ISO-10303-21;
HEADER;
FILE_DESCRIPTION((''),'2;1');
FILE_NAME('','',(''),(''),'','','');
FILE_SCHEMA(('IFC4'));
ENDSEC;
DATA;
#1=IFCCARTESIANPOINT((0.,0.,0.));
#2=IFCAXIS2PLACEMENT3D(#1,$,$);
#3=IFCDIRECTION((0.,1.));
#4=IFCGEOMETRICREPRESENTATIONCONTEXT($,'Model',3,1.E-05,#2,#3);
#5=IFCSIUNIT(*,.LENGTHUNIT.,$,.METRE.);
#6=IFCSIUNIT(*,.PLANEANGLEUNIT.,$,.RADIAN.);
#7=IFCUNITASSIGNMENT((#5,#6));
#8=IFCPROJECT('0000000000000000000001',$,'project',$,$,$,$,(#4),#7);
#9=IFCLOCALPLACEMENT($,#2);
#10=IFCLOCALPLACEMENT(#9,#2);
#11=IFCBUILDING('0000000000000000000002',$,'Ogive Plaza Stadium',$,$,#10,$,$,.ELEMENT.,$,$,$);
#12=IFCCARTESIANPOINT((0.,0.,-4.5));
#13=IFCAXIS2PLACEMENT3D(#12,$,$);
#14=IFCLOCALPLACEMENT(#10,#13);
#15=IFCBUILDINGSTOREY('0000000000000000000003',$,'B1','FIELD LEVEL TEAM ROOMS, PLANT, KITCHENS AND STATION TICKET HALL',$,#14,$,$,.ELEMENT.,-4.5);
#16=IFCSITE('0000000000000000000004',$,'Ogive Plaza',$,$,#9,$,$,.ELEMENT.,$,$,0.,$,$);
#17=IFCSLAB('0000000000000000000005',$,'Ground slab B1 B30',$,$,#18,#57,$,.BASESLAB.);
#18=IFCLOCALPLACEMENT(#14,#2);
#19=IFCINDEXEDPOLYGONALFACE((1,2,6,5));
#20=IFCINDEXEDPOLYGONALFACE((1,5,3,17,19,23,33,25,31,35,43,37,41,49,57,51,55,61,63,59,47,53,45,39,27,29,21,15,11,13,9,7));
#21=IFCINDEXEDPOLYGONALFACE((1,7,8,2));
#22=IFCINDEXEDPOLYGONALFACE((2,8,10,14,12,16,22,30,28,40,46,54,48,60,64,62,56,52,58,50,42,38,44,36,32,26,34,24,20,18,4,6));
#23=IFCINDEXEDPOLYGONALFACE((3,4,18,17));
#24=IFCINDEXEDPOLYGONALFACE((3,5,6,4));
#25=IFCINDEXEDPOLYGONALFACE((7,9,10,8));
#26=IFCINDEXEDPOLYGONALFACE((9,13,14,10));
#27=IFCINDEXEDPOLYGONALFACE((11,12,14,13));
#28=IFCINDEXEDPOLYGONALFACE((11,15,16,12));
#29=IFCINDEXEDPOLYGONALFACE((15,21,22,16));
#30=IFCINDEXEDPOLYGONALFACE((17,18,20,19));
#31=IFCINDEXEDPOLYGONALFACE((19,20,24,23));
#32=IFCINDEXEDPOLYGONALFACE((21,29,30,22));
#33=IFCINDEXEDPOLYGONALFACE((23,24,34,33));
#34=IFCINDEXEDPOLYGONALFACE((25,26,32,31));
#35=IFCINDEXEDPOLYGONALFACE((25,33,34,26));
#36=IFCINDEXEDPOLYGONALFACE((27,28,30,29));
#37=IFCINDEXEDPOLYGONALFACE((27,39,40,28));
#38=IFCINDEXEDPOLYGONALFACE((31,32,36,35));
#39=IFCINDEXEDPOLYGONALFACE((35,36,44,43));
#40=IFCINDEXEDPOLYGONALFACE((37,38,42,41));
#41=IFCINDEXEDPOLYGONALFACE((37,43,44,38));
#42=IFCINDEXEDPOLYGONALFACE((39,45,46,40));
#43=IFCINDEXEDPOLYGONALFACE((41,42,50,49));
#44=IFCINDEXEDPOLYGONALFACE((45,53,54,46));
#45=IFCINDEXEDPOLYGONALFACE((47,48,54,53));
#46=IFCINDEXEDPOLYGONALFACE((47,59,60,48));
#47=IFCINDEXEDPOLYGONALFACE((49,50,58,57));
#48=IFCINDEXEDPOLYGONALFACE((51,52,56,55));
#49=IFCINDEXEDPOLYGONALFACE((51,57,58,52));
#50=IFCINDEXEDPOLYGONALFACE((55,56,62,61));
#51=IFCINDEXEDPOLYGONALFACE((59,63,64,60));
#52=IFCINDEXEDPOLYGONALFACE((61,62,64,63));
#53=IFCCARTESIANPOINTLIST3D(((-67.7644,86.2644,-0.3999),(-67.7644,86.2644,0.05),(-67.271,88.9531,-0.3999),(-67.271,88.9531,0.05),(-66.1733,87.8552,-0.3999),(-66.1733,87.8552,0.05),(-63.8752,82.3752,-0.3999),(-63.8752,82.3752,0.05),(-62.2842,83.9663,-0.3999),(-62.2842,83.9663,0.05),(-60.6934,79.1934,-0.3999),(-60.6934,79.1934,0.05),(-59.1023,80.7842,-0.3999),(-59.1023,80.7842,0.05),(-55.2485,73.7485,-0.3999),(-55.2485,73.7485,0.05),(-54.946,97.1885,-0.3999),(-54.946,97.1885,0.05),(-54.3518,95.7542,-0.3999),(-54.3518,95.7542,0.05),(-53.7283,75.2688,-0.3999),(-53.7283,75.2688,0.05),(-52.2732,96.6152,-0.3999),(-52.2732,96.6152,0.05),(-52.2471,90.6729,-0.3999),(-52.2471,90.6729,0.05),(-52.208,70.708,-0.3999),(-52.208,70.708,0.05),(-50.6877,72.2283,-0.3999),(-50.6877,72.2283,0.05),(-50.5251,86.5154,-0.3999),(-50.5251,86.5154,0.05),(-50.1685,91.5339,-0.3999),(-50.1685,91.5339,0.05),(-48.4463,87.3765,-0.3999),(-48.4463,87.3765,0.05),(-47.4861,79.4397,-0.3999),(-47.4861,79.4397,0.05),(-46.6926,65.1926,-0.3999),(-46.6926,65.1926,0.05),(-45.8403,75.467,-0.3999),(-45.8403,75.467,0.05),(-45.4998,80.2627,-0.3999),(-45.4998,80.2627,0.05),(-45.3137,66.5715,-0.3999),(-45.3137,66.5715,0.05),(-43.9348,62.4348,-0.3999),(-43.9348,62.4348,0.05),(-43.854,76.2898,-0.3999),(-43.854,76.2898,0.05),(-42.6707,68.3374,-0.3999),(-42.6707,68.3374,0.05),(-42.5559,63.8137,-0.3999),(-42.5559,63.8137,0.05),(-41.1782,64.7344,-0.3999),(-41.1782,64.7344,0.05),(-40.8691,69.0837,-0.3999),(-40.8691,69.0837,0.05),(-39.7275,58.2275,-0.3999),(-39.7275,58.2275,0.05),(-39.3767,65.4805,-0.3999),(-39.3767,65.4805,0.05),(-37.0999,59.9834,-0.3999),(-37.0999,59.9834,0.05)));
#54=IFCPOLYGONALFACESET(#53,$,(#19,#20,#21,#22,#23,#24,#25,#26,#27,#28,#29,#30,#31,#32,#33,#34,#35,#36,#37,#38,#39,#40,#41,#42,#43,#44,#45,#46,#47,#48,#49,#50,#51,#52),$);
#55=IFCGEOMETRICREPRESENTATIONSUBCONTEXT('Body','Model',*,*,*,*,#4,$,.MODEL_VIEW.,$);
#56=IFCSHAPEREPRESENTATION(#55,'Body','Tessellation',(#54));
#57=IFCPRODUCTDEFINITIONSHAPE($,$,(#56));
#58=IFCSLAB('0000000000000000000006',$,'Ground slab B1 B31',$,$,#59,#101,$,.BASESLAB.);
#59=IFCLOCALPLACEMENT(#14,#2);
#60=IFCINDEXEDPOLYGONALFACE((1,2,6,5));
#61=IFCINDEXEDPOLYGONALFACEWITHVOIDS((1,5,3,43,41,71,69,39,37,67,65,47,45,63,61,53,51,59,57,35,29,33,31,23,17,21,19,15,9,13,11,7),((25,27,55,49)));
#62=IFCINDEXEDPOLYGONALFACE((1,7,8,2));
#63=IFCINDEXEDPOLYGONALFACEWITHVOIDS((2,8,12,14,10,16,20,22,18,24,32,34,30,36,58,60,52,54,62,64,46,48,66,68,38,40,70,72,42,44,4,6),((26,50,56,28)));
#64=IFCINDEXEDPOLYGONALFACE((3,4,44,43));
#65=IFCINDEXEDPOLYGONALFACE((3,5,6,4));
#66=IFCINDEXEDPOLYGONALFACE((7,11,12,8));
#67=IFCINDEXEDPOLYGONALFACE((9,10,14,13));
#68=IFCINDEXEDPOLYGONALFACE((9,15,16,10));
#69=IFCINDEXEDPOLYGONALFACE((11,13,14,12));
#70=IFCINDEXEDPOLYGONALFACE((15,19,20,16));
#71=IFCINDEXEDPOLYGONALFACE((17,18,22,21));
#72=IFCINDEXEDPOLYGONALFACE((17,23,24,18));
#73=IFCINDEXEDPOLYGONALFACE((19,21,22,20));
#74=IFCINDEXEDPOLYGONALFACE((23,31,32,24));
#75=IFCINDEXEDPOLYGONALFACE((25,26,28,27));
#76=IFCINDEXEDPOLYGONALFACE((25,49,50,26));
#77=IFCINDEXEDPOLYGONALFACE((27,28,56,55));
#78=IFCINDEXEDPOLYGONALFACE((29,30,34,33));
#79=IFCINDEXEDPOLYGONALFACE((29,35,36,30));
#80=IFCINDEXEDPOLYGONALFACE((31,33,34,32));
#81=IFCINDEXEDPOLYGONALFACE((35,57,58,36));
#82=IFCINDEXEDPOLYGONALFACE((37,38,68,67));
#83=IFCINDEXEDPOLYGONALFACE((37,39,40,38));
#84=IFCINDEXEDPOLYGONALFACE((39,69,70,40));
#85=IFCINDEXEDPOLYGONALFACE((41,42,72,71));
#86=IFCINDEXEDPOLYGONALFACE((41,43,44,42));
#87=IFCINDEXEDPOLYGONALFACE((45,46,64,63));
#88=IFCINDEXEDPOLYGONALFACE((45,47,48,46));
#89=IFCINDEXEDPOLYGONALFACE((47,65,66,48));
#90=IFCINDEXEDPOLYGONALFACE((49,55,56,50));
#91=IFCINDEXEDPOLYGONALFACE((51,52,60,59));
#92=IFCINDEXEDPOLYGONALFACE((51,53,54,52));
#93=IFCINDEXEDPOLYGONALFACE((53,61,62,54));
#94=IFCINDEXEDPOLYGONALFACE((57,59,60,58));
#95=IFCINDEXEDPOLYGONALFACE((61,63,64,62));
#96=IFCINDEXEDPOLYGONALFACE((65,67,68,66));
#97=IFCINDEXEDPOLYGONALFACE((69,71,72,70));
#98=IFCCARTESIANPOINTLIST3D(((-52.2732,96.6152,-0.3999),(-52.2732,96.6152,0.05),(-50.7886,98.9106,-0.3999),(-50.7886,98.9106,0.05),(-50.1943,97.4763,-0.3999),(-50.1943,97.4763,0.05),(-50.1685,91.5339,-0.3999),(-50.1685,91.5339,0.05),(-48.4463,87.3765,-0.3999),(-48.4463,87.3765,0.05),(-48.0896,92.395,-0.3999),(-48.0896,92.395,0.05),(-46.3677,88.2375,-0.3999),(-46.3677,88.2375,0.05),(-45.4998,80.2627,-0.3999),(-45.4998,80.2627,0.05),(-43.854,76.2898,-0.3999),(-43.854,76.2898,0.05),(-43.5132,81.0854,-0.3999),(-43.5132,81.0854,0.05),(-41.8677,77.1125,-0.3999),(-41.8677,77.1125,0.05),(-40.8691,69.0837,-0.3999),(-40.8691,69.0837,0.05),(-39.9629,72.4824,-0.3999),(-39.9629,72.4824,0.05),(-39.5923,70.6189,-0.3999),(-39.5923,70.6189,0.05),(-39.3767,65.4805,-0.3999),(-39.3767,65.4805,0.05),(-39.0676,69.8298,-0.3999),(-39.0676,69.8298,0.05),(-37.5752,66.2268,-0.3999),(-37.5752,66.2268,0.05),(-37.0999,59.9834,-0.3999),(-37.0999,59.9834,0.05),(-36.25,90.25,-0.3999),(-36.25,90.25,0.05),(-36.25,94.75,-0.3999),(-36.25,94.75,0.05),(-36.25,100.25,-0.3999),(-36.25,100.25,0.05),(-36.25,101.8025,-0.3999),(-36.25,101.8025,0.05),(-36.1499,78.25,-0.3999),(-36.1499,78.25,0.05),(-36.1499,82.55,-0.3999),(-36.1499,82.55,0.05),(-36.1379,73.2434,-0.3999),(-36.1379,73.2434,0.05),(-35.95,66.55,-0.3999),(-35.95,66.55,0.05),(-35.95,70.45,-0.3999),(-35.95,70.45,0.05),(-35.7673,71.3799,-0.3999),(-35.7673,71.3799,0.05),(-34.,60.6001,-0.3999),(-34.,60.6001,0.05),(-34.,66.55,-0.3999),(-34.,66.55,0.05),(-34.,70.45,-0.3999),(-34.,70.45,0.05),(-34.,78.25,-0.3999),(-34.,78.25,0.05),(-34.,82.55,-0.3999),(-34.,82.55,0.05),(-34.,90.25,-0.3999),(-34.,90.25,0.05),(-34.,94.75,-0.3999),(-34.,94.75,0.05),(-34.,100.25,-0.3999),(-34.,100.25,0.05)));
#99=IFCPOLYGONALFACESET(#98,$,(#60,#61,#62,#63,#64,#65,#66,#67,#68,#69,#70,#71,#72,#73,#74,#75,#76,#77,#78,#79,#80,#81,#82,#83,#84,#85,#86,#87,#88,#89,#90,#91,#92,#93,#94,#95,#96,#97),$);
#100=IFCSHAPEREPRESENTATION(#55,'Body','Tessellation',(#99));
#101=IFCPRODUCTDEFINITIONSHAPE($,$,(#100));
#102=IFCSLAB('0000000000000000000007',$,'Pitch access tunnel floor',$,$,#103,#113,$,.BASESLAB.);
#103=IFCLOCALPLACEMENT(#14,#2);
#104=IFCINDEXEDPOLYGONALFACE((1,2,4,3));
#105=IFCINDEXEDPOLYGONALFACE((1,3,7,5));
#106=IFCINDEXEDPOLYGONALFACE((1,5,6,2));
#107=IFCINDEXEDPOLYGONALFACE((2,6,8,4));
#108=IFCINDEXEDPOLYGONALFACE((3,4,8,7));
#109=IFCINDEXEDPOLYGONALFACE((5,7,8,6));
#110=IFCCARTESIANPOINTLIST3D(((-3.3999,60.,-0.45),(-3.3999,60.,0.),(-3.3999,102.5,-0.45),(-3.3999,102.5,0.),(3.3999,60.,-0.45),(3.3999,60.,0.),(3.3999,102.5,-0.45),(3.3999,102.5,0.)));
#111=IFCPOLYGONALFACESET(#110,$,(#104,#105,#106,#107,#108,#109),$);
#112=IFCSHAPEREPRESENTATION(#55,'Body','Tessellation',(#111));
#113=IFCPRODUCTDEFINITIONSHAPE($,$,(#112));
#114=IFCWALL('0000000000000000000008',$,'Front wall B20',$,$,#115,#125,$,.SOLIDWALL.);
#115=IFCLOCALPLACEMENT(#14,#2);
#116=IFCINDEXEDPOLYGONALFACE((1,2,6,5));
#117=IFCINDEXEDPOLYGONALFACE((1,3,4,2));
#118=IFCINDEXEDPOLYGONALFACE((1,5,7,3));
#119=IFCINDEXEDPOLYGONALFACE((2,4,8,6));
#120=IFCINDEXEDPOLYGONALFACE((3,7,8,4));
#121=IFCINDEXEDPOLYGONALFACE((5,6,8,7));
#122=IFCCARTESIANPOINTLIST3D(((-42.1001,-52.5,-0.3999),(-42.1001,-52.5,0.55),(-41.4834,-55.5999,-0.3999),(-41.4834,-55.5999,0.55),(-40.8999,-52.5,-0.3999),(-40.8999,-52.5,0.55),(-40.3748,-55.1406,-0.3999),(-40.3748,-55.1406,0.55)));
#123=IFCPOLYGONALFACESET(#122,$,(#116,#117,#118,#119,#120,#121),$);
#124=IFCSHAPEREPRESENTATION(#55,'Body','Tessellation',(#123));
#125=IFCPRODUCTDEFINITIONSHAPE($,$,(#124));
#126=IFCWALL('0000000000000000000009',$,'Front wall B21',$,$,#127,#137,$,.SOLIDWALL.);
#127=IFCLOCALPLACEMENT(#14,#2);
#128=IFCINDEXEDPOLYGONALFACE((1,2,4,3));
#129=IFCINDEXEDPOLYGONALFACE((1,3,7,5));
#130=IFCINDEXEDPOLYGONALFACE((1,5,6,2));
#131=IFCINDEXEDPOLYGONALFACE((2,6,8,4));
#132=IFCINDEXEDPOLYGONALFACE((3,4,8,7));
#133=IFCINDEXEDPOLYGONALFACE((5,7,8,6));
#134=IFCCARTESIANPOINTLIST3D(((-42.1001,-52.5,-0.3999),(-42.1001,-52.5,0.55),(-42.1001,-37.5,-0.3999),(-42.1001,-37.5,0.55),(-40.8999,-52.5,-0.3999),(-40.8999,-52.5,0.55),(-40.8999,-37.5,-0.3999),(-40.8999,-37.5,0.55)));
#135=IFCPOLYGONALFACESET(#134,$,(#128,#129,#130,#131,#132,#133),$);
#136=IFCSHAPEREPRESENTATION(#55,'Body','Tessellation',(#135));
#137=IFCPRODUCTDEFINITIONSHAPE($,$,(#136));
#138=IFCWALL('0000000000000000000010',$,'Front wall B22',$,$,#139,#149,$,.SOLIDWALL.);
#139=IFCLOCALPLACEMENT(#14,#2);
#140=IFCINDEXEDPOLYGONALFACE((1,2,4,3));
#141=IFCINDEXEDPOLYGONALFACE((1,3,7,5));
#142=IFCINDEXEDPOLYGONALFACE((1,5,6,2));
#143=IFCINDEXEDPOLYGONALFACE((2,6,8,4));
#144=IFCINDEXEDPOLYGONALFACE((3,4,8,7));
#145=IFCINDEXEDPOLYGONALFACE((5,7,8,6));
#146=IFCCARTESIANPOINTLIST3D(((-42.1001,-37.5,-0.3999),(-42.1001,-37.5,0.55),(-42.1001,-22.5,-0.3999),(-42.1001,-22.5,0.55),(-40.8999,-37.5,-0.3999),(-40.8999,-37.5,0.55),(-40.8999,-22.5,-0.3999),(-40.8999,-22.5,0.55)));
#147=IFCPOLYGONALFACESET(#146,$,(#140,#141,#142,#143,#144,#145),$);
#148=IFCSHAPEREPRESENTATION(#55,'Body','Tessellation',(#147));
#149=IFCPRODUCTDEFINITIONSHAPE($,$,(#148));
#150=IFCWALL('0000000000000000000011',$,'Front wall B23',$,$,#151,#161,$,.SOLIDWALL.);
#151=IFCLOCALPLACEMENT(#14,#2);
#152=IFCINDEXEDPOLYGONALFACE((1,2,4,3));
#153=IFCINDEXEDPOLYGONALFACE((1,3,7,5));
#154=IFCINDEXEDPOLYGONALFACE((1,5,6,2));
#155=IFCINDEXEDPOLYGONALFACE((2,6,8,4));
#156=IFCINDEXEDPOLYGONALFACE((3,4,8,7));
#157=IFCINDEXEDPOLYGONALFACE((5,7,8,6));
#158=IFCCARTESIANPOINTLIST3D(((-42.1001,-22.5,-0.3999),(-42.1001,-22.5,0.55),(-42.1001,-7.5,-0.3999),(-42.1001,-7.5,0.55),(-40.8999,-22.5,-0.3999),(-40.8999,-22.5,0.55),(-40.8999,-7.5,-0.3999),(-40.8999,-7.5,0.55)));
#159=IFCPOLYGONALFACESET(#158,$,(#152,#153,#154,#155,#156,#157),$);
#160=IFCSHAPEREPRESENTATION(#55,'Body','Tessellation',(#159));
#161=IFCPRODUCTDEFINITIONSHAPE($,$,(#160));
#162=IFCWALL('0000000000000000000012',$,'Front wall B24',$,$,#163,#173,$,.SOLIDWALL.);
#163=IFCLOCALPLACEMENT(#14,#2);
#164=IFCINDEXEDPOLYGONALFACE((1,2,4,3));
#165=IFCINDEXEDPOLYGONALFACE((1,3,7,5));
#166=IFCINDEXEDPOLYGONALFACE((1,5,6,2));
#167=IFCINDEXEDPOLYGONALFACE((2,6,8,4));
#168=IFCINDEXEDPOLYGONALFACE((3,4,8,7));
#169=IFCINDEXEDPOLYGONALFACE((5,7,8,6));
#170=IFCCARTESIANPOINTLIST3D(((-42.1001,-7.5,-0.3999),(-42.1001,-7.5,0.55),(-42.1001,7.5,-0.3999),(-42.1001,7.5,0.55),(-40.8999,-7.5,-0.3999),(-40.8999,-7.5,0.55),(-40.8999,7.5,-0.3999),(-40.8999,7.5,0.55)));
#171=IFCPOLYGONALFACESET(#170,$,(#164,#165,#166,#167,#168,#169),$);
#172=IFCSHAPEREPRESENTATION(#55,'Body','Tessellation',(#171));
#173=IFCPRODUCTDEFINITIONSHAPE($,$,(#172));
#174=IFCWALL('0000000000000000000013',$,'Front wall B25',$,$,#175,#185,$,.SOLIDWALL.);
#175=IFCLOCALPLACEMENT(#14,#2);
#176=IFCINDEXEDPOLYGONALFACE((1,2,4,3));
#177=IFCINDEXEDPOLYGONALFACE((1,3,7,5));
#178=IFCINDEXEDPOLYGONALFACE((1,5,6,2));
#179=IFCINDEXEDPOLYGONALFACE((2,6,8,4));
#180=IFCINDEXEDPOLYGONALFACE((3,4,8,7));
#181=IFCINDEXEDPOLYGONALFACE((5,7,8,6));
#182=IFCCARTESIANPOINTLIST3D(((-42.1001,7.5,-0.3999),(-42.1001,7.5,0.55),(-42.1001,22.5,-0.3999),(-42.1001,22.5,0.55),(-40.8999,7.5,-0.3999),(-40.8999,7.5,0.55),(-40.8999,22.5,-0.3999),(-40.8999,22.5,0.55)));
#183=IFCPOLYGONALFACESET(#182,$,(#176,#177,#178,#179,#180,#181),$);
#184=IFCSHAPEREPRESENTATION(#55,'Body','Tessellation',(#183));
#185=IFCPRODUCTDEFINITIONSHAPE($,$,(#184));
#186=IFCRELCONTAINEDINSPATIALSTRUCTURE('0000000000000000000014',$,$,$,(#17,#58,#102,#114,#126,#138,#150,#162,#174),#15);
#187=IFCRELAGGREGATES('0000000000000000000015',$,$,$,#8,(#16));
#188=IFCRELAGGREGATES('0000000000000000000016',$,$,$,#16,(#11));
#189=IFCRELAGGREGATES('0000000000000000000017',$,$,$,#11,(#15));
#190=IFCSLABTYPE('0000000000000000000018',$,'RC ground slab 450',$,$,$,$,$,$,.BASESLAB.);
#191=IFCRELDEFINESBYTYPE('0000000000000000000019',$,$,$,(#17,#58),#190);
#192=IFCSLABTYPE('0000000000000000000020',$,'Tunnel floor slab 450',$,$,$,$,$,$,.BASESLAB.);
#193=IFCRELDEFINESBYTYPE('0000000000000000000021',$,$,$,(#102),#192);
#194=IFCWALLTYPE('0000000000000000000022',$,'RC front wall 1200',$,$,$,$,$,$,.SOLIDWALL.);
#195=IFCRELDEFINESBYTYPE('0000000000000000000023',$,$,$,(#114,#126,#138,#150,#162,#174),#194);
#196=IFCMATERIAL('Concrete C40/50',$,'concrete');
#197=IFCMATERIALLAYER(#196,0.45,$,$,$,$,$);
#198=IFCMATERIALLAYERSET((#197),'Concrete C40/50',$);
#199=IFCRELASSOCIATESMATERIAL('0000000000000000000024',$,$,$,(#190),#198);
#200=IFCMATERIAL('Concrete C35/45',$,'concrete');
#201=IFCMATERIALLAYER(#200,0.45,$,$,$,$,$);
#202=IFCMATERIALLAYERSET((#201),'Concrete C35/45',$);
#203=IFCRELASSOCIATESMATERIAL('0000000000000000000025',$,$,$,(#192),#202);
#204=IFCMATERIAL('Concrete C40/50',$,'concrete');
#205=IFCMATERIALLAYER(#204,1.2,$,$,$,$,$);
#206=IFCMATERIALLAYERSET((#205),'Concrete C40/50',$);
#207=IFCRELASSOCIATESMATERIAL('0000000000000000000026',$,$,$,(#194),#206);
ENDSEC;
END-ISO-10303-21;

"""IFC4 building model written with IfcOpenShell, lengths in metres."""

from ifc_helpers import new_model, si_unit, direction, frame, origin, place, context, subcontext, project, spatial, polyline, outline, extrude, material, layer, layer_set, type_object, element, save


model = new_model("IFC4")

# Units and contexts
model_context = context("Model", 3, precision=1e-05, world=origin(), true_north=direction((0.0, 1.0)))
body_context = subcontext(model_context, "Body", "Model", "MODEL_VIEW")
ifc_project = project(units=[si_unit("LENGTHUNIT", "METRE"), si_unit("PLANEANGLEUNIT", "RADIAN")], contexts=[model_context])

# Site, building, storey
site_placement = place(None, origin())
site = spatial("IfcSite", under=ifc_project, at=site_placement, Name="Ogive Plaza", CompositionType="ELEMENT", RefElevation=0.0)
building_placement = place(site_placement, origin())
building = spatial("IfcBuilding", under=site, at=building_placement, Name="Ogive Plaza Stadium", CompositionType="ELEMENT")
storey_placement = place(building_placement, frame((0.0, 0.0, -4.5)))
storey = spatial("IfcBuildingStorey", under=building, at=storey_placement, Name="B1", Description="FIELD LEVEL TEAM ROOMS, PLANT, KITCHENS AND STATION TICKET HALL", CompositionType="ELEMENT", Elevation=-4.5)

# Slabs
ifc_material_1 = material(Name="Concrete C40/50", Category="concrete")
ifc_layer_1 = layer(ifc_material_1, 0.45)
ifc_layer_set_1 = layer_set([ifc_layer_1], Name="Concrete C40/50")
slab_type_1 = type_object("IfcSlabType", Name="RC ground slab 450", PredefinedType="BASESLAB", material=ifc_layer_set_1)
slab_1_placement = place(storey_placement, frame((0.0, 0.0, -0.3999)))
element("IfcSlab", 1, at=slab_1_placement, inside=storey, type_object=slab_type_1, Name="Ground slab B1 B30", PredefinedType="BASESLAB", context=body_context, shape_type="SweptSolid", body=[
    extrude(outline(polyline([(-39.3767, 65.4805), (-41.1782, 64.7344), (-42.6707, 68.3374), (-40.8691, 69.0837), (-43.854, 76.2898), (-45.8403, 75.467), (-47.4861, 79.4397), (-45.4998, 80.2627), (-48.4463, 87.3765), (-50.5251, 86.5154), (-52.2471, 90.6729), (-50.1685, 91.5339), (-52.2732, 96.6152), (-54.3518, 95.7542), (-54.946, 97.1885), (-67.271, 88.9531), (-66.1733, 87.8552), (-67.7644, 86.2644), (-63.8752, 82.3752), (-62.2842, 83.9663), (-59.1023, 80.7842), (-60.6934, 79.1934), (-55.2485, 73.7485), (-53.7283, 75.2688), (-50.6877, 72.2283), (-52.208, 70.708), (-46.6926, 65.1926), (-45.3137, 66.5715), (-42.5559, 63.8137), (-43.9348, 62.4348), (-39.7275, 58.2275), (-37.0999, 59.9834), (-39.3767, 65.4805)])), origin(), (0.0, 0.0, 1.0), 0.45),
])
slab_2_placement = place(storey_placement, frame((0.0, 0.0, -0.3999)))
element("IfcSlab", 2, at=slab_2_placement, inside=storey, type_object=slab_type_1, Name="Ground slab B1 B31", PredefinedType="BASESLAB", context=body_context, shape_type="SweptSolid", body=[
    extrude(outline(polyline([(-34.0, 66.55), (-35.95, 66.55), (-35.95, 70.45), (-34.0, 70.45), (-34.0, 78.25), (-36.1499, 78.25), (-36.1499, 82.55), (-34.0, 82.55), (-34.0, 90.25), (-36.25, 90.25), (-36.25, 94.75), (-34.0, 94.75), (-34.0, 100.25), (-36.25, 100.25), (-36.25, 101.8025), (-50.7886, 98.9106), (-50.1943, 97.4763), (-52.2732, 96.6152), (-50.1685, 91.5339), (-48.0896, 92.395), (-46.3677, 88.2375), (-48.4463, 87.3765), (-45.4998, 80.2627), (-43.5132, 81.0854), (-41.8677, 77.1125), (-43.854, 76.2898), (-40.8691, 69.0837), (-39.0676, 69.8298), (-37.5752, 66.2268), (-39.3767, 65.4805), (-37.0999, 59.9834), (-34.0, 60.6001), (-34.0, 66.55)]), holes=[polyline([(-39.9629, 72.4824), (-39.5923, 70.6189), (-35.7673, 71.3799), (-36.1379, 73.2434), (-39.9629, 72.4824)])]), origin(), (0.0, 0.0, 1.0), 0.45),
])
ifc_material_2 = material(Name="Concrete C35/45", Category="concrete")
ifc_layer_2 = layer(ifc_material_2, 0.45)
ifc_layer_set_2 = layer_set([ifc_layer_2], Name="Concrete C35/45")
slab_type_2 = type_object("IfcSlabType", Name="Tunnel floor slab 450", PredefinedType="BASESLAB", material=ifc_layer_set_2)
slab_3_placement = place(storey_placement, frame((0.0, 0.0, -0.45)))
element("IfcSlab", 3, at=slab_3_placement, inside=storey, type_object=slab_type_2, Name="Pitch access tunnel floor", PredefinedType="BASESLAB", context=body_context, shape_type="SweptSolid", body=[
    extrude(outline(polyline([(-3.3999, 60.0), (3.3999, 60.0), (3.3999, 102.5), (-3.3999, 102.5), (-3.3999, 60.0)])), origin(), (0.0, 0.0, 1.0), 0.45),
])

# Walls
ifc_material_3 = material(Name="Concrete C40/50", Category="concrete")
ifc_layer_3 = layer(ifc_material_3, 1.2)
ifc_layer_set_3 = layer_set([ifc_layer_3], Name="Concrete C40/50")
wall_type_1 = type_object("IfcWallType", Name="RC front wall 1200", PredefinedType="SOLIDWALL", material=ifc_layer_set_3)
wall_1_placement = place(storey_placement, frame((0.0, 0.0, -0.3999)))
element("IfcWall", 4, at=wall_1_placement, inside=storey, type_object=wall_type_1, Name="Front wall B20", PredefinedType="SOLIDWALL", context=body_context, shape_type="SweptSolid", body=[
    extrude(outline(polyline([(-40.8999, -52.5), (-42.1001, -52.5), (-41.4834, -55.5999), (-40.3748, -55.1406), (-40.8999, -52.5)])), origin(), (0.0, 0.0, 1.0), 0.95),
])
wall_2_placement = place(storey_placement, frame((0.0, 0.0, -0.3999)))
element("IfcWall", 5, at=wall_2_placement, inside=storey, type_object=wall_type_1, Name="Front wall B21", PredefinedType="SOLIDWALL", context=body_context, shape_type="SweptSolid", body=[
    extrude(outline(polyline([(-40.8999, -37.5), (-42.1001, -37.5), (-42.1001, -52.5), (-40.8999, -52.5), (-40.8999, -37.5)])), origin(), (0.0, 0.0, 1.0), 0.95),
])
wall_3_placement = place(storey_placement, frame((0.0, 0.0, -0.3999)))
element("IfcWall", 6, at=wall_3_placement, inside=storey, type_object=wall_type_1, Name="Front wall B22", PredefinedType="SOLIDWALL", context=body_context, shape_type="SweptSolid", body=[
    extrude(outline(polyline([(-40.8999, -22.5), (-42.1001, -22.5), (-42.1001, -37.5), (-40.8999, -37.5), (-40.8999, -22.5)])), origin(), (0.0, 0.0, 1.0), 0.95),
])
wall_4_placement = place(storey_placement, frame((0.0, 0.0, -0.3999)))
element("IfcWall", 7, at=wall_4_placement, inside=storey, type_object=wall_type_1, Name="Front wall B23", PredefinedType="SOLIDWALL", context=body_context, shape_type="SweptSolid", body=[
    extrude(outline(polyline([(-40.8999, -7.5), (-42.1001, -7.5), (-42.1001, -22.5), (-40.8999, -22.5), (-40.8999, -7.5)])), origin(), (0.0, 0.0, 1.0), 0.95),
])
wall_5_placement = place(storey_placement, frame((0.0, 0.0, -0.3999)))
element("IfcWall", 8, at=wall_5_placement, inside=storey, type_object=wall_type_1, Name="Front wall B24", PredefinedType="SOLIDWALL", context=body_context, shape_type="SweptSolid", body=[
    extrude(outline(polyline([(-40.8999, 7.5), (-42.1001, 7.5), (-42.1001, -7.5), (-40.8999, -7.5), (-40.8999, 7.5)])), origin(), (0.0, 0.0, 1.0), 0.95),
])
wall_6_placement = place(storey_placement, frame((0.0, 0.0, -0.3999)))
element("IfcWall", 9, at=wall_6_placement, inside=storey, type_object=wall_type_1, Name="Front wall B25", PredefinedType="SOLIDWALL", context=body_context, shape_type="SweptSolid", body=[
    extrude(outline(polyline([(-40.8999, 22.5), (-42.1001, 22.5), (-42.1001, 7.5), (-40.8999, 7.5), (-40.8999, 22.5)])), origin(), (0.0, 0.0, 1.0), 0.95),
])

save(model, "model.ifc")
